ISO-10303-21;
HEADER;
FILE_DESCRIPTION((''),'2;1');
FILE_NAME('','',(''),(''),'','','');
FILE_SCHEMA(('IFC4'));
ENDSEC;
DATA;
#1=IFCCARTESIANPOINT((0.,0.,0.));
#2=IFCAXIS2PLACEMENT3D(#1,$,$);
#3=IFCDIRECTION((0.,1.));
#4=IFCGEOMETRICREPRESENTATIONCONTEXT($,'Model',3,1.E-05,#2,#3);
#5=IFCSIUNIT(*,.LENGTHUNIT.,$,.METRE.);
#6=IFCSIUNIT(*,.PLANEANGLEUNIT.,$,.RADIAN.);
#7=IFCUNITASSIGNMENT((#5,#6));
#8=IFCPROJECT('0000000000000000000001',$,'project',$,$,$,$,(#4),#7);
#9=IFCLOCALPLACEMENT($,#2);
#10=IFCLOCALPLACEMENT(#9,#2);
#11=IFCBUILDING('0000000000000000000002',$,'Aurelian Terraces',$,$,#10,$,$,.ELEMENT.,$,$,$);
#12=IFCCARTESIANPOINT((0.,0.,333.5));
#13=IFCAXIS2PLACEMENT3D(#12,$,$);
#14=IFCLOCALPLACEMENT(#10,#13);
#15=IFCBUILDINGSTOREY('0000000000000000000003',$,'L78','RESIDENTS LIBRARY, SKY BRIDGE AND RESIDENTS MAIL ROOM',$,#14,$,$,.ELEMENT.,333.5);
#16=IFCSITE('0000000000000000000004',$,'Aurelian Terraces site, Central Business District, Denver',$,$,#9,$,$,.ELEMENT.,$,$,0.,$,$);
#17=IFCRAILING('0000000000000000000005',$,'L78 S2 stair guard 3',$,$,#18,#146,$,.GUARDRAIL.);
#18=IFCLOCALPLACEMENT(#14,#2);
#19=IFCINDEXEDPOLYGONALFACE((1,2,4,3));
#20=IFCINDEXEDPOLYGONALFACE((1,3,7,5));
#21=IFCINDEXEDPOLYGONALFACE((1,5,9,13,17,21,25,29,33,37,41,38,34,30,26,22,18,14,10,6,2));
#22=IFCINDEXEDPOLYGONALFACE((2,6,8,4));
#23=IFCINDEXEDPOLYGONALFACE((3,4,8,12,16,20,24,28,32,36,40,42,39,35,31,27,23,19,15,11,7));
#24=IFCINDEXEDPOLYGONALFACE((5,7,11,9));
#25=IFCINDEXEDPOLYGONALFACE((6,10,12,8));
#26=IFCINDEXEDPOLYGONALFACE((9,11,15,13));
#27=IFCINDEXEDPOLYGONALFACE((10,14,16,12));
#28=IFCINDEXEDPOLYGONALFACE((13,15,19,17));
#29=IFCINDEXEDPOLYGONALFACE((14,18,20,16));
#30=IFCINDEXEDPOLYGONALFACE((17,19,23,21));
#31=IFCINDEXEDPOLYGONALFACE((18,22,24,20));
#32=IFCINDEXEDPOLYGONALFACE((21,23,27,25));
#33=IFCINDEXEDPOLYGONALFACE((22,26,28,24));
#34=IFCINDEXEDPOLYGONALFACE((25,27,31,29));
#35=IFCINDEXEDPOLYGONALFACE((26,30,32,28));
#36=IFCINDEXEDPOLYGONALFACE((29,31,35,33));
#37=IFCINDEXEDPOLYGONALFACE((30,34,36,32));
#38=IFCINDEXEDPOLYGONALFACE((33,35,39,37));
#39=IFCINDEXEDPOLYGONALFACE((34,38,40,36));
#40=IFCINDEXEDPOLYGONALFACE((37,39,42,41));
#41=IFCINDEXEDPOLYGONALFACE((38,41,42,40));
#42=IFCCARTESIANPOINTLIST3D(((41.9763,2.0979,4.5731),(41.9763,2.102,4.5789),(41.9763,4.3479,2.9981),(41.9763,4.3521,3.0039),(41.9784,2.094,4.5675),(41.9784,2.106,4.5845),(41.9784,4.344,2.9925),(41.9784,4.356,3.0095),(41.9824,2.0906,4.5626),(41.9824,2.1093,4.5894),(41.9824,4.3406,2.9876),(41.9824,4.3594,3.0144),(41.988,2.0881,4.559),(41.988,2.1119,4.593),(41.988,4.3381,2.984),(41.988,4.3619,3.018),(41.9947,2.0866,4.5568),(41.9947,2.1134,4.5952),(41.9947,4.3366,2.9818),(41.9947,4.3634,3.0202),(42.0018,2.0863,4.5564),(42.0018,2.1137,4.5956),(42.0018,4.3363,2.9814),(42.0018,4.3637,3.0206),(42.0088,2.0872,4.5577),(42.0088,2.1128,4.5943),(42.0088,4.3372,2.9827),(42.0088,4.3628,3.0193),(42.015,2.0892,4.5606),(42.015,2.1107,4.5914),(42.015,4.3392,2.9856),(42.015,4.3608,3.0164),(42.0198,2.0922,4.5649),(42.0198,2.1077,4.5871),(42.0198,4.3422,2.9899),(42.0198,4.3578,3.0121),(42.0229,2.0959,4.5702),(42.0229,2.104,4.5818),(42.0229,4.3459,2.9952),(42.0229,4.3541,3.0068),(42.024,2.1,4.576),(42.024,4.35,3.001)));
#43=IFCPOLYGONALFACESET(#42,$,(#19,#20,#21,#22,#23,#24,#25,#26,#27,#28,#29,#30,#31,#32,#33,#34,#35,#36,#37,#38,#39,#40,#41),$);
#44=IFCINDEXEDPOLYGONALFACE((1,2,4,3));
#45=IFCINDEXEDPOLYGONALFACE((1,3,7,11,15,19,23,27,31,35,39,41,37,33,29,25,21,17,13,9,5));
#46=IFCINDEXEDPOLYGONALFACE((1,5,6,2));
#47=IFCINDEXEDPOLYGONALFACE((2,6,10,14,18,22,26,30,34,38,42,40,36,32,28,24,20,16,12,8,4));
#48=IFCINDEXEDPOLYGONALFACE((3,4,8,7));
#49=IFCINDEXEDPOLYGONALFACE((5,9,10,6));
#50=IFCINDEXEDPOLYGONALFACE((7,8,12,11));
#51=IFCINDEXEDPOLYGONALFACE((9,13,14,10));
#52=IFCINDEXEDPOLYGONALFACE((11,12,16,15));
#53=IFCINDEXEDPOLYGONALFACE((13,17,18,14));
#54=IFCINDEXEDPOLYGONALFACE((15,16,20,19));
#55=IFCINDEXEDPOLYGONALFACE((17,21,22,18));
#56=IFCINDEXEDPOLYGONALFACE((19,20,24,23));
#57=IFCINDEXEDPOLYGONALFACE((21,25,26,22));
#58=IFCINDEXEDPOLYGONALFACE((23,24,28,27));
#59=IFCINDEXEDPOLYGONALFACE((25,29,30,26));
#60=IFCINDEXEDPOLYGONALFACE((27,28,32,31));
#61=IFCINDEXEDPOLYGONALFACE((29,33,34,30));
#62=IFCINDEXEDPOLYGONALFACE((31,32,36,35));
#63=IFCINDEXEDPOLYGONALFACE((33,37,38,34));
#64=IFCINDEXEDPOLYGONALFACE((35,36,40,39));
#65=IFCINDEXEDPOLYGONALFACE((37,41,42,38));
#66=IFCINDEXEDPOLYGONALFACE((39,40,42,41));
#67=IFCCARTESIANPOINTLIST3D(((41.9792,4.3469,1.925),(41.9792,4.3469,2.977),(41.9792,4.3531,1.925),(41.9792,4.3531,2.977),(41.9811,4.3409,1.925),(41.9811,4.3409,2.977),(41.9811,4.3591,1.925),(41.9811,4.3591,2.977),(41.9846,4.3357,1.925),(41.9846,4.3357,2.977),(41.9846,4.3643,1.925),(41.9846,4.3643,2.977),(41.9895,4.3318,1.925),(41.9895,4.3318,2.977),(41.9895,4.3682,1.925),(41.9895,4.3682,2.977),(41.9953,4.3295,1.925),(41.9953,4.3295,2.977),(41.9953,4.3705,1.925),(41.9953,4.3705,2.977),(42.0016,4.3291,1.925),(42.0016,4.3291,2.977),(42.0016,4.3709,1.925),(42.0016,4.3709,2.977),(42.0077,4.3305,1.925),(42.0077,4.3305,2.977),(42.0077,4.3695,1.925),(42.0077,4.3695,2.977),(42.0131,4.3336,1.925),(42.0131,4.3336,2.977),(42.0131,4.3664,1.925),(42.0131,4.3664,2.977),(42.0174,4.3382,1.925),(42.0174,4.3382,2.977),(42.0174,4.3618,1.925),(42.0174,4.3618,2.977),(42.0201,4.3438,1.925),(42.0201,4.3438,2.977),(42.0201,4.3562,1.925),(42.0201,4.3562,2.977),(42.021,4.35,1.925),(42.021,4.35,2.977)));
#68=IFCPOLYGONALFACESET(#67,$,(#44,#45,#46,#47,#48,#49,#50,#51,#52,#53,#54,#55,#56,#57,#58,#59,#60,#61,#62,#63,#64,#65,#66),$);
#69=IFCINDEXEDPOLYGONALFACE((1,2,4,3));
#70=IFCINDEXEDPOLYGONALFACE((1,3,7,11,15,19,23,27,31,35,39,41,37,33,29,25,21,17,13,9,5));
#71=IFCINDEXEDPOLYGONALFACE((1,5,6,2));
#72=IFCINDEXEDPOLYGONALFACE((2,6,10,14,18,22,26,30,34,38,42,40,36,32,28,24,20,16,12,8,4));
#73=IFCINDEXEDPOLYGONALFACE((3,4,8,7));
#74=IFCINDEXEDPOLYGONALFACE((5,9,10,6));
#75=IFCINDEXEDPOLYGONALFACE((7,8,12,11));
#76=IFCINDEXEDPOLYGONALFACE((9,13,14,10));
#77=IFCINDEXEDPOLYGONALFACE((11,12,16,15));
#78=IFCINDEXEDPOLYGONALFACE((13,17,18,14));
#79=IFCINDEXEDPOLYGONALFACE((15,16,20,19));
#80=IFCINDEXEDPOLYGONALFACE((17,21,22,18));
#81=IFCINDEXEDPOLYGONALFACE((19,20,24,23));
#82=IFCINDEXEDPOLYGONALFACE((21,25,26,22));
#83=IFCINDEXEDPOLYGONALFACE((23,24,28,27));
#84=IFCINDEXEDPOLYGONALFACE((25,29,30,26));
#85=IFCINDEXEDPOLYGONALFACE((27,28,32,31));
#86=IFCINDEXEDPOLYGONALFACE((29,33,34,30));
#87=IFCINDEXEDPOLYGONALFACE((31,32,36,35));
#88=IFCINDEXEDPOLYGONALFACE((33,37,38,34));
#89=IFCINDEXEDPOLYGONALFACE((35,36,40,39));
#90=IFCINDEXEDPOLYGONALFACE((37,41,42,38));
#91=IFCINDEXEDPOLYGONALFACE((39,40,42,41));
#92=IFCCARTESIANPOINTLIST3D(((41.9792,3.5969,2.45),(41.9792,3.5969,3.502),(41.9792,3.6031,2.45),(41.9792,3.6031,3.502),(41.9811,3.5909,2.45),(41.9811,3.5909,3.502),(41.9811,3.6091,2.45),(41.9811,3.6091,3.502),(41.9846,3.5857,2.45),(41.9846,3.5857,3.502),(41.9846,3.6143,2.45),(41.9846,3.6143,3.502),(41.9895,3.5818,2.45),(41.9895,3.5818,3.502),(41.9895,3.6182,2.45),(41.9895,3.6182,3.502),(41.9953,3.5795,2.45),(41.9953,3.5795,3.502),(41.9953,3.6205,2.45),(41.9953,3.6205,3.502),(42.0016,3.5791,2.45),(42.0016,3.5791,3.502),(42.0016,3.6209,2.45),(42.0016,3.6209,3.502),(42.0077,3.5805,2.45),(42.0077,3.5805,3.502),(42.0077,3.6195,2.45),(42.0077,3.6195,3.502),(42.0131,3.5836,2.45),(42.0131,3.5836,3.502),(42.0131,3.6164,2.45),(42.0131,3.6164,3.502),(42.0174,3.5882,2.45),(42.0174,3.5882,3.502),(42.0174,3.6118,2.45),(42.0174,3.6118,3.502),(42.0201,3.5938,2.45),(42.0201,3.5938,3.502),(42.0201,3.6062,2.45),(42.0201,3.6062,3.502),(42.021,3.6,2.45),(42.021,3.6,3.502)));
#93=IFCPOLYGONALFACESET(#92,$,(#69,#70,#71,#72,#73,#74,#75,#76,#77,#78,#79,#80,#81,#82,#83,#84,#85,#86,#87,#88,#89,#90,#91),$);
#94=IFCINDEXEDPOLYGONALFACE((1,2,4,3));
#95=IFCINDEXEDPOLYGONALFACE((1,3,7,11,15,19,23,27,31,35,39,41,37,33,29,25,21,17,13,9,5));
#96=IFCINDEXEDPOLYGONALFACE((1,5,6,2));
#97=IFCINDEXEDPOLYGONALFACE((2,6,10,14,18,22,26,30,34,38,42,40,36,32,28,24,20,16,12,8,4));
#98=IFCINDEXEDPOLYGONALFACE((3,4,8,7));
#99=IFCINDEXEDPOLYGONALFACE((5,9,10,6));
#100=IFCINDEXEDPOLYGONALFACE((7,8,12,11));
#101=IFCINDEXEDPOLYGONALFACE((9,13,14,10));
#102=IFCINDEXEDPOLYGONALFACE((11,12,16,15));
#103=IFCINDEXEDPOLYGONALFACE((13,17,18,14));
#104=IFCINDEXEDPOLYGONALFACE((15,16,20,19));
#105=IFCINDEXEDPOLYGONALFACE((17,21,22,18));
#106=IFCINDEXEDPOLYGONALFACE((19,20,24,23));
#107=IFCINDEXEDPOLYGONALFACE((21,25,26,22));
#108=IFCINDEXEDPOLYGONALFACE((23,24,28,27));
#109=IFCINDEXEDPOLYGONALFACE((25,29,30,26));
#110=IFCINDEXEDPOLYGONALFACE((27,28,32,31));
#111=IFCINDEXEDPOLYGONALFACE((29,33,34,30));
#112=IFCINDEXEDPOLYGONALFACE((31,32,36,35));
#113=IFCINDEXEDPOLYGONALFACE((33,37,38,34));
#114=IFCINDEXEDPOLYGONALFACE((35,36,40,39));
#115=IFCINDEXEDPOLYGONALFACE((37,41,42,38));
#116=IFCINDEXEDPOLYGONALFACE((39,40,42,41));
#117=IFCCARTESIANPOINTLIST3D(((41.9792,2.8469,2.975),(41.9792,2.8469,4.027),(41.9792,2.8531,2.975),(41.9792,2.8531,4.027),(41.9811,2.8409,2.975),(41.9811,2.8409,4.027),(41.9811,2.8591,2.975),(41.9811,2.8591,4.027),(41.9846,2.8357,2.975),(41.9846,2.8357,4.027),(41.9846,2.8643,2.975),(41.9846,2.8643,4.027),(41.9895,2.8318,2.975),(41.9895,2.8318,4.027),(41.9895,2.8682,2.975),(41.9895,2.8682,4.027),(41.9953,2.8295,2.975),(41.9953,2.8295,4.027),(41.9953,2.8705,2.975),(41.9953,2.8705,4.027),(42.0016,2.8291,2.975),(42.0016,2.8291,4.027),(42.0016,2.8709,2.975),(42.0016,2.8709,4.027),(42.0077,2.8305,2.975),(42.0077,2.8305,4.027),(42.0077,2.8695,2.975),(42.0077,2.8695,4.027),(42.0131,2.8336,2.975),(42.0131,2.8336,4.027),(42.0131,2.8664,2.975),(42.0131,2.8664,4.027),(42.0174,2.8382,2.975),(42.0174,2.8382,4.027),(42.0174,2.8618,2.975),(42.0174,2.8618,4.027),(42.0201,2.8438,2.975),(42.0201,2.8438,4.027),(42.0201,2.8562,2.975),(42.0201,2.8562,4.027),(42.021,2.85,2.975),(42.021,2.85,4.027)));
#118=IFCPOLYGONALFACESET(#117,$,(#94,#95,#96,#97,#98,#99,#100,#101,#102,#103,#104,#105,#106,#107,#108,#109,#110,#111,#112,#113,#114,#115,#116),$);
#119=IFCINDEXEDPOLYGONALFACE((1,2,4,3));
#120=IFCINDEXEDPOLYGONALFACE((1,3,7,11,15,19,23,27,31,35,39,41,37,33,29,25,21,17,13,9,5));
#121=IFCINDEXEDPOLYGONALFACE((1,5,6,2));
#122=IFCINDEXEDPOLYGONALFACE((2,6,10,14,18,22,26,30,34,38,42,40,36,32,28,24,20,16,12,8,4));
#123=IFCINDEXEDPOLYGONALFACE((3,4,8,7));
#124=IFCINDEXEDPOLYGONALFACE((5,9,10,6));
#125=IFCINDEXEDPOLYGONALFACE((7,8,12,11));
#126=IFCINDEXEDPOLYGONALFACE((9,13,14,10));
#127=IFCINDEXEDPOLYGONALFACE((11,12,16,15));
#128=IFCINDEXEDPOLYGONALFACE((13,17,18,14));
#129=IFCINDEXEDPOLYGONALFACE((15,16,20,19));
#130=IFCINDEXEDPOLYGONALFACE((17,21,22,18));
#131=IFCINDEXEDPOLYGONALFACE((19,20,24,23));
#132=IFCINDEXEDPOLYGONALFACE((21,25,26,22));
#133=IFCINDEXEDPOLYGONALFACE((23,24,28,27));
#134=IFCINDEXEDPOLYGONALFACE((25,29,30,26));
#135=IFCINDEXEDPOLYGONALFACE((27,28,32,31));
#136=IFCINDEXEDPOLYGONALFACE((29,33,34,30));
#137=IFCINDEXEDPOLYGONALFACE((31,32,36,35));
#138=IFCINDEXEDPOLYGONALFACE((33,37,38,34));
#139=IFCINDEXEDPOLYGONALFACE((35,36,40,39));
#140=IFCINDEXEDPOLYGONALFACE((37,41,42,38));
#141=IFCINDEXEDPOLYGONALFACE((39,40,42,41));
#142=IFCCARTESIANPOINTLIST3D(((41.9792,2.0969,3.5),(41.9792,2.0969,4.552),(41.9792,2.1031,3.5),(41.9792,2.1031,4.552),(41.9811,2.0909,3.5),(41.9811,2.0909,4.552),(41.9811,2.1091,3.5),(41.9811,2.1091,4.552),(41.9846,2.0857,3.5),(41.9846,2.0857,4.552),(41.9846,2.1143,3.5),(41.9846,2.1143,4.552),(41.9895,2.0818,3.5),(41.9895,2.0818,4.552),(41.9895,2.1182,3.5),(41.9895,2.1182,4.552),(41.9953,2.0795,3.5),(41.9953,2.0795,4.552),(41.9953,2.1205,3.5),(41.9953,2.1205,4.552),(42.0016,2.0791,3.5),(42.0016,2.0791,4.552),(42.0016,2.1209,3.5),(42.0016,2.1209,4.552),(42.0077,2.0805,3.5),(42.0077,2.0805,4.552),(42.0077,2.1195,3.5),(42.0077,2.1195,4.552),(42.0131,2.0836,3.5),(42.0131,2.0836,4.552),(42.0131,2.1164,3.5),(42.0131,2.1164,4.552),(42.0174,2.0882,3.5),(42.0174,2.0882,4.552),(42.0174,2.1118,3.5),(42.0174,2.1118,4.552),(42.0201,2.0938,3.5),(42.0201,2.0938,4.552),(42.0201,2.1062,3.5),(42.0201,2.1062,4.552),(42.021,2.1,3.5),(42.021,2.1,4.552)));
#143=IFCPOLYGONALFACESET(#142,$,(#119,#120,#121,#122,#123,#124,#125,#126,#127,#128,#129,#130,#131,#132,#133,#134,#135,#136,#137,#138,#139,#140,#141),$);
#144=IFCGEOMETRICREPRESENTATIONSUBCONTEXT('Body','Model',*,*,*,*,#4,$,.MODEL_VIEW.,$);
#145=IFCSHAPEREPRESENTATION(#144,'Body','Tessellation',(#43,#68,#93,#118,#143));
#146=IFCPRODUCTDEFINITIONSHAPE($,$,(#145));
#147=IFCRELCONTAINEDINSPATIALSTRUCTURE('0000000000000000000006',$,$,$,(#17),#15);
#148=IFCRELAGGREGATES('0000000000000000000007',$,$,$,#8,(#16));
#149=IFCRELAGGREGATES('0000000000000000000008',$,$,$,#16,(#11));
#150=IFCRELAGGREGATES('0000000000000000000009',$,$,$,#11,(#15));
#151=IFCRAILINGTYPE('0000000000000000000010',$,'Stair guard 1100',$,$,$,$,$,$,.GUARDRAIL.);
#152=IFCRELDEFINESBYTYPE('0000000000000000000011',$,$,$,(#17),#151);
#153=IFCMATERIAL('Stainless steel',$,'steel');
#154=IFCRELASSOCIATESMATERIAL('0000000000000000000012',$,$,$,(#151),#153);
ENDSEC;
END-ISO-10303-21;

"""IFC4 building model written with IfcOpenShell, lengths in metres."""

from ifc_helpers import new_model, si_unit, direction, frame, origin, origin_2d, place, context, subcontext, project, spatial, circle, extrude, source, transform, mapped, material, type_object, element, save


model = new_model("IFC4")

# Units and contexts
model_context = context("Model", 3, precision=1e-05, world=origin(), true_north=direction((0.0, 1.0)))
body_context = subcontext(model_context, "Body", "Model", "MODEL_VIEW")
ifc_project = project(units=[si_unit("LENGTHUNIT", "METRE"), si_unit("PLANEANGLEUNIT", "RADIAN")], contexts=[model_context])

# Site, building, storey
site_placement = place(None, origin())
site = spatial("IfcSite", under=ifc_project, at=site_placement, Name="Aurelian Terraces site, Central Business District, Denver", CompositionType="ELEMENT", RefElevation=0.0)
building_placement = place(site_placement, origin())
building = spatial("IfcBuilding", under=site, at=building_placement, Name="Aurelian Terraces", CompositionType="ELEMENT")
storey_placement = place(building_placement, frame((0.0, 0.0, 333.5)))
storey = spatial("IfcBuildingStorey", under=building, at=storey_placement, Name="L78", Description="RESIDENTS LIBRARY, SKY BRIDGE AND RESIDENTS MAIL ROOM", CompositionType="ELEMENT", Elevation=333.5)

# Railing
ifc_material_1 = material(Name="Stainless steel", Category="steel")
railing_type_1 = type_object("IfcRailingType", Name="Stair guard 1100", PredefinedType="GUARDRAIL", material=ifc_material_1)
shared_shape_1 = source(origin(), body_context, "Body", "SweptSolid", [
    extrude(circle(Radius=0.024, at=origin_2d()), frame((0.0, 0.0, 1.076), z_axis=(0.0, -0.819232, 0.573462), x_axis=(1.0, 0.0, 0.0)), (0.0, 0.0, 1.0), 2.7465),
    extrude(circle(Radius=0.021, at=origin_2d()), origin(), (0.0, 0.0, 1.0), 1.052),
    extrude(circle(Radius=0.021, at=origin_2d()), frame((0.0, -0.75, 0.525)), (0.0, 0.0, 1.0), 1.052),
    extrude(circle(Radius=0.021, at=origin_2d()), frame((0.0, -1.5, 1.05)), (0.0, 0.0, 1.0), 1.052),
    extrude(circle(Radius=0.021, at=origin_2d()), frame((0.0, -2.25, 1.575)), (0.0, 0.0, 1.0), 1.052),
])
railing_1_placement = place(storey_placement, frame((42.0, 4.35, 1.925)))
element("IfcRailing", 1, at=railing_1_placement, inside=storey, type_object=railing_type_1, Name="L78 S2 stair guard 3", PredefinedType="GUARDRAIL", context=body_context, shape_type="MappedRepresentation", body=[
    mapped(shared_shape_1, transform((0.0, 0.0, 0.0), scale=1.0)),
])

save(model, "model.ifc")
